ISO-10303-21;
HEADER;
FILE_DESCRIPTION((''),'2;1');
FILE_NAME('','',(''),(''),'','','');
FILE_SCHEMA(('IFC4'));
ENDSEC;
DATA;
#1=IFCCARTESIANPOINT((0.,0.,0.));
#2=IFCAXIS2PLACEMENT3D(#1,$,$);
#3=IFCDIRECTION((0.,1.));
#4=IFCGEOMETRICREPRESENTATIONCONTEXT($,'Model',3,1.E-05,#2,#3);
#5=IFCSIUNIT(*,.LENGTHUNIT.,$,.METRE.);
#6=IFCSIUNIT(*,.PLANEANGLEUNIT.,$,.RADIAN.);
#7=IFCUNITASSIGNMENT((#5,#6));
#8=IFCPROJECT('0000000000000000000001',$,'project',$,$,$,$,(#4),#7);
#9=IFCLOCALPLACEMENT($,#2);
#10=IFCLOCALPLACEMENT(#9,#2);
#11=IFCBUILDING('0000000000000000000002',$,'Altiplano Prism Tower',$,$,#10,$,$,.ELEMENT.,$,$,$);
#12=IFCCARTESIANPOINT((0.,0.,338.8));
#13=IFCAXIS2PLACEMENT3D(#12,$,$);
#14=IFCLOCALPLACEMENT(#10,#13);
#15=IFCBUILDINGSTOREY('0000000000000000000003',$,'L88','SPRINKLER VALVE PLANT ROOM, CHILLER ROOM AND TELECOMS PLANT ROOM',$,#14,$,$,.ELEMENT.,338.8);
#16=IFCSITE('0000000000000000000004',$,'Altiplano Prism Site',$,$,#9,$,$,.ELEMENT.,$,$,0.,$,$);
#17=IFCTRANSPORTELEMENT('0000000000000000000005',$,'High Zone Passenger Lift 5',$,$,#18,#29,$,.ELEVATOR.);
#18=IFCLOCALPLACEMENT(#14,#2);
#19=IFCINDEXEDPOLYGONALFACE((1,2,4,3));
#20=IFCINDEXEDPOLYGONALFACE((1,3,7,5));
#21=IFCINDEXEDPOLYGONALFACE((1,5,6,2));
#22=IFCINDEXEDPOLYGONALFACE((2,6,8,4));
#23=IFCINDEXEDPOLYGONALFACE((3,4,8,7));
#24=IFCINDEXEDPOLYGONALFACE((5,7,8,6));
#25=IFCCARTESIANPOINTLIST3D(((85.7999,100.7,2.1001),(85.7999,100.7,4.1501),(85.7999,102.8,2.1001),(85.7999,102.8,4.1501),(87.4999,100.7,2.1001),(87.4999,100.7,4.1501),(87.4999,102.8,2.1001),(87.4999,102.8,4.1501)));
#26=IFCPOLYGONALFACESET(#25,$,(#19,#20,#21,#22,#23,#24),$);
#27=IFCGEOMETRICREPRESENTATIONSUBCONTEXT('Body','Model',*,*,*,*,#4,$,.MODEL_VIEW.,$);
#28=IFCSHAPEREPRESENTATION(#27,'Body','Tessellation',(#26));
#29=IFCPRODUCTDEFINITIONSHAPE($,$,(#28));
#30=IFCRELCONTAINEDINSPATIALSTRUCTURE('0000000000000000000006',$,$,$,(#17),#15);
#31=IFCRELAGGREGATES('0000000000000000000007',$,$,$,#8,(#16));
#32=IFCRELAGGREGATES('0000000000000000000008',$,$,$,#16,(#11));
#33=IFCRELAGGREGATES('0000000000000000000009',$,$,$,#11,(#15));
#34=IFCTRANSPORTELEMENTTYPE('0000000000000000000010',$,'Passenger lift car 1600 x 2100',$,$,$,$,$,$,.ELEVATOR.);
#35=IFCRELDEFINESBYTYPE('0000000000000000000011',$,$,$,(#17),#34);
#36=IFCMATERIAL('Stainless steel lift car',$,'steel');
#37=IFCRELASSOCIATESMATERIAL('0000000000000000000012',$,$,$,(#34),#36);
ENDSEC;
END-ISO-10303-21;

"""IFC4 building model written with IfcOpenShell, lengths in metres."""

from ifc_helpers import new_model, si_unit, direction, frame, origin, origin_2d, place, context, subcontext, project, spatial, rectangle, extrude, material, type_object, element, save


model = new_model("IFC4")

# Units and contexts
model_context = context("Model", 3, precision=1e-05, world=origin(), true_north=direction((0.0, 1.0)))
body_context = subcontext(model_context, "Body", "Model", "MODEL_VIEW")
ifc_project = project(units=[si_unit("LENGTHUNIT", "METRE"), si_unit("PLANEANGLEUNIT", "RADIAN")], contexts=[model_context])

# Site, building, storey
site_placement = place(None, origin())
site = spatial("IfcSite", under=ifc_project, at=site_placement, Name="Altiplano Prism Site", CompositionType="ELEMENT", RefElevation=0.0)
building_placement = place(site_placement, origin())
building = spatial("IfcBuilding", under=site, at=building_placement, Name="Altiplano Prism Tower", CompositionType="ELEMENT")
storey_placement = place(building_placement, frame((0.0, 0.0, 338.8)))
storey = spatial("IfcBuildingStorey", under=building, at=storey_placement, Name="L88", Description="SPRINKLER VALVE PLANT ROOM, CHILLER ROOM AND TELECOMS PLANT ROOM", CompositionType="ELEMENT", Elevation=338.8)

# Transport element
ifc_material_1 = material(Name="Stainless steel lift car", Category="steel")
transport_element_type = type_object("IfcTransportElementType", Name="Passenger lift car 1600 x 2100", PredefinedType="ELEVATOR", material=ifc_material_1)
for number, where, z_axis, x_axis, name in (
    (1, (86.6499, 101.75, 2.1001), (0.0, 0.0, 1.0), (1.0, 0.0, 0.0), "High Zone Passenger Lift 5"),
):
    element("IfcTransportElement", number, at=place(storey_placement, frame(where, z_axis=z_axis, x_axis=x_axis)), inside=storey, type_object=transport_element_type, Name=name, PredefinedType="ELEVATOR", context=body_context, shape_type="SweptSolid", body=[
        extrude(rectangle(XDim=1.7, YDim=2.1001, at=origin_2d()), origin(), (0.0, 0.0, 1.0), 2.05),
    ])

save(model, "model.ifc")
